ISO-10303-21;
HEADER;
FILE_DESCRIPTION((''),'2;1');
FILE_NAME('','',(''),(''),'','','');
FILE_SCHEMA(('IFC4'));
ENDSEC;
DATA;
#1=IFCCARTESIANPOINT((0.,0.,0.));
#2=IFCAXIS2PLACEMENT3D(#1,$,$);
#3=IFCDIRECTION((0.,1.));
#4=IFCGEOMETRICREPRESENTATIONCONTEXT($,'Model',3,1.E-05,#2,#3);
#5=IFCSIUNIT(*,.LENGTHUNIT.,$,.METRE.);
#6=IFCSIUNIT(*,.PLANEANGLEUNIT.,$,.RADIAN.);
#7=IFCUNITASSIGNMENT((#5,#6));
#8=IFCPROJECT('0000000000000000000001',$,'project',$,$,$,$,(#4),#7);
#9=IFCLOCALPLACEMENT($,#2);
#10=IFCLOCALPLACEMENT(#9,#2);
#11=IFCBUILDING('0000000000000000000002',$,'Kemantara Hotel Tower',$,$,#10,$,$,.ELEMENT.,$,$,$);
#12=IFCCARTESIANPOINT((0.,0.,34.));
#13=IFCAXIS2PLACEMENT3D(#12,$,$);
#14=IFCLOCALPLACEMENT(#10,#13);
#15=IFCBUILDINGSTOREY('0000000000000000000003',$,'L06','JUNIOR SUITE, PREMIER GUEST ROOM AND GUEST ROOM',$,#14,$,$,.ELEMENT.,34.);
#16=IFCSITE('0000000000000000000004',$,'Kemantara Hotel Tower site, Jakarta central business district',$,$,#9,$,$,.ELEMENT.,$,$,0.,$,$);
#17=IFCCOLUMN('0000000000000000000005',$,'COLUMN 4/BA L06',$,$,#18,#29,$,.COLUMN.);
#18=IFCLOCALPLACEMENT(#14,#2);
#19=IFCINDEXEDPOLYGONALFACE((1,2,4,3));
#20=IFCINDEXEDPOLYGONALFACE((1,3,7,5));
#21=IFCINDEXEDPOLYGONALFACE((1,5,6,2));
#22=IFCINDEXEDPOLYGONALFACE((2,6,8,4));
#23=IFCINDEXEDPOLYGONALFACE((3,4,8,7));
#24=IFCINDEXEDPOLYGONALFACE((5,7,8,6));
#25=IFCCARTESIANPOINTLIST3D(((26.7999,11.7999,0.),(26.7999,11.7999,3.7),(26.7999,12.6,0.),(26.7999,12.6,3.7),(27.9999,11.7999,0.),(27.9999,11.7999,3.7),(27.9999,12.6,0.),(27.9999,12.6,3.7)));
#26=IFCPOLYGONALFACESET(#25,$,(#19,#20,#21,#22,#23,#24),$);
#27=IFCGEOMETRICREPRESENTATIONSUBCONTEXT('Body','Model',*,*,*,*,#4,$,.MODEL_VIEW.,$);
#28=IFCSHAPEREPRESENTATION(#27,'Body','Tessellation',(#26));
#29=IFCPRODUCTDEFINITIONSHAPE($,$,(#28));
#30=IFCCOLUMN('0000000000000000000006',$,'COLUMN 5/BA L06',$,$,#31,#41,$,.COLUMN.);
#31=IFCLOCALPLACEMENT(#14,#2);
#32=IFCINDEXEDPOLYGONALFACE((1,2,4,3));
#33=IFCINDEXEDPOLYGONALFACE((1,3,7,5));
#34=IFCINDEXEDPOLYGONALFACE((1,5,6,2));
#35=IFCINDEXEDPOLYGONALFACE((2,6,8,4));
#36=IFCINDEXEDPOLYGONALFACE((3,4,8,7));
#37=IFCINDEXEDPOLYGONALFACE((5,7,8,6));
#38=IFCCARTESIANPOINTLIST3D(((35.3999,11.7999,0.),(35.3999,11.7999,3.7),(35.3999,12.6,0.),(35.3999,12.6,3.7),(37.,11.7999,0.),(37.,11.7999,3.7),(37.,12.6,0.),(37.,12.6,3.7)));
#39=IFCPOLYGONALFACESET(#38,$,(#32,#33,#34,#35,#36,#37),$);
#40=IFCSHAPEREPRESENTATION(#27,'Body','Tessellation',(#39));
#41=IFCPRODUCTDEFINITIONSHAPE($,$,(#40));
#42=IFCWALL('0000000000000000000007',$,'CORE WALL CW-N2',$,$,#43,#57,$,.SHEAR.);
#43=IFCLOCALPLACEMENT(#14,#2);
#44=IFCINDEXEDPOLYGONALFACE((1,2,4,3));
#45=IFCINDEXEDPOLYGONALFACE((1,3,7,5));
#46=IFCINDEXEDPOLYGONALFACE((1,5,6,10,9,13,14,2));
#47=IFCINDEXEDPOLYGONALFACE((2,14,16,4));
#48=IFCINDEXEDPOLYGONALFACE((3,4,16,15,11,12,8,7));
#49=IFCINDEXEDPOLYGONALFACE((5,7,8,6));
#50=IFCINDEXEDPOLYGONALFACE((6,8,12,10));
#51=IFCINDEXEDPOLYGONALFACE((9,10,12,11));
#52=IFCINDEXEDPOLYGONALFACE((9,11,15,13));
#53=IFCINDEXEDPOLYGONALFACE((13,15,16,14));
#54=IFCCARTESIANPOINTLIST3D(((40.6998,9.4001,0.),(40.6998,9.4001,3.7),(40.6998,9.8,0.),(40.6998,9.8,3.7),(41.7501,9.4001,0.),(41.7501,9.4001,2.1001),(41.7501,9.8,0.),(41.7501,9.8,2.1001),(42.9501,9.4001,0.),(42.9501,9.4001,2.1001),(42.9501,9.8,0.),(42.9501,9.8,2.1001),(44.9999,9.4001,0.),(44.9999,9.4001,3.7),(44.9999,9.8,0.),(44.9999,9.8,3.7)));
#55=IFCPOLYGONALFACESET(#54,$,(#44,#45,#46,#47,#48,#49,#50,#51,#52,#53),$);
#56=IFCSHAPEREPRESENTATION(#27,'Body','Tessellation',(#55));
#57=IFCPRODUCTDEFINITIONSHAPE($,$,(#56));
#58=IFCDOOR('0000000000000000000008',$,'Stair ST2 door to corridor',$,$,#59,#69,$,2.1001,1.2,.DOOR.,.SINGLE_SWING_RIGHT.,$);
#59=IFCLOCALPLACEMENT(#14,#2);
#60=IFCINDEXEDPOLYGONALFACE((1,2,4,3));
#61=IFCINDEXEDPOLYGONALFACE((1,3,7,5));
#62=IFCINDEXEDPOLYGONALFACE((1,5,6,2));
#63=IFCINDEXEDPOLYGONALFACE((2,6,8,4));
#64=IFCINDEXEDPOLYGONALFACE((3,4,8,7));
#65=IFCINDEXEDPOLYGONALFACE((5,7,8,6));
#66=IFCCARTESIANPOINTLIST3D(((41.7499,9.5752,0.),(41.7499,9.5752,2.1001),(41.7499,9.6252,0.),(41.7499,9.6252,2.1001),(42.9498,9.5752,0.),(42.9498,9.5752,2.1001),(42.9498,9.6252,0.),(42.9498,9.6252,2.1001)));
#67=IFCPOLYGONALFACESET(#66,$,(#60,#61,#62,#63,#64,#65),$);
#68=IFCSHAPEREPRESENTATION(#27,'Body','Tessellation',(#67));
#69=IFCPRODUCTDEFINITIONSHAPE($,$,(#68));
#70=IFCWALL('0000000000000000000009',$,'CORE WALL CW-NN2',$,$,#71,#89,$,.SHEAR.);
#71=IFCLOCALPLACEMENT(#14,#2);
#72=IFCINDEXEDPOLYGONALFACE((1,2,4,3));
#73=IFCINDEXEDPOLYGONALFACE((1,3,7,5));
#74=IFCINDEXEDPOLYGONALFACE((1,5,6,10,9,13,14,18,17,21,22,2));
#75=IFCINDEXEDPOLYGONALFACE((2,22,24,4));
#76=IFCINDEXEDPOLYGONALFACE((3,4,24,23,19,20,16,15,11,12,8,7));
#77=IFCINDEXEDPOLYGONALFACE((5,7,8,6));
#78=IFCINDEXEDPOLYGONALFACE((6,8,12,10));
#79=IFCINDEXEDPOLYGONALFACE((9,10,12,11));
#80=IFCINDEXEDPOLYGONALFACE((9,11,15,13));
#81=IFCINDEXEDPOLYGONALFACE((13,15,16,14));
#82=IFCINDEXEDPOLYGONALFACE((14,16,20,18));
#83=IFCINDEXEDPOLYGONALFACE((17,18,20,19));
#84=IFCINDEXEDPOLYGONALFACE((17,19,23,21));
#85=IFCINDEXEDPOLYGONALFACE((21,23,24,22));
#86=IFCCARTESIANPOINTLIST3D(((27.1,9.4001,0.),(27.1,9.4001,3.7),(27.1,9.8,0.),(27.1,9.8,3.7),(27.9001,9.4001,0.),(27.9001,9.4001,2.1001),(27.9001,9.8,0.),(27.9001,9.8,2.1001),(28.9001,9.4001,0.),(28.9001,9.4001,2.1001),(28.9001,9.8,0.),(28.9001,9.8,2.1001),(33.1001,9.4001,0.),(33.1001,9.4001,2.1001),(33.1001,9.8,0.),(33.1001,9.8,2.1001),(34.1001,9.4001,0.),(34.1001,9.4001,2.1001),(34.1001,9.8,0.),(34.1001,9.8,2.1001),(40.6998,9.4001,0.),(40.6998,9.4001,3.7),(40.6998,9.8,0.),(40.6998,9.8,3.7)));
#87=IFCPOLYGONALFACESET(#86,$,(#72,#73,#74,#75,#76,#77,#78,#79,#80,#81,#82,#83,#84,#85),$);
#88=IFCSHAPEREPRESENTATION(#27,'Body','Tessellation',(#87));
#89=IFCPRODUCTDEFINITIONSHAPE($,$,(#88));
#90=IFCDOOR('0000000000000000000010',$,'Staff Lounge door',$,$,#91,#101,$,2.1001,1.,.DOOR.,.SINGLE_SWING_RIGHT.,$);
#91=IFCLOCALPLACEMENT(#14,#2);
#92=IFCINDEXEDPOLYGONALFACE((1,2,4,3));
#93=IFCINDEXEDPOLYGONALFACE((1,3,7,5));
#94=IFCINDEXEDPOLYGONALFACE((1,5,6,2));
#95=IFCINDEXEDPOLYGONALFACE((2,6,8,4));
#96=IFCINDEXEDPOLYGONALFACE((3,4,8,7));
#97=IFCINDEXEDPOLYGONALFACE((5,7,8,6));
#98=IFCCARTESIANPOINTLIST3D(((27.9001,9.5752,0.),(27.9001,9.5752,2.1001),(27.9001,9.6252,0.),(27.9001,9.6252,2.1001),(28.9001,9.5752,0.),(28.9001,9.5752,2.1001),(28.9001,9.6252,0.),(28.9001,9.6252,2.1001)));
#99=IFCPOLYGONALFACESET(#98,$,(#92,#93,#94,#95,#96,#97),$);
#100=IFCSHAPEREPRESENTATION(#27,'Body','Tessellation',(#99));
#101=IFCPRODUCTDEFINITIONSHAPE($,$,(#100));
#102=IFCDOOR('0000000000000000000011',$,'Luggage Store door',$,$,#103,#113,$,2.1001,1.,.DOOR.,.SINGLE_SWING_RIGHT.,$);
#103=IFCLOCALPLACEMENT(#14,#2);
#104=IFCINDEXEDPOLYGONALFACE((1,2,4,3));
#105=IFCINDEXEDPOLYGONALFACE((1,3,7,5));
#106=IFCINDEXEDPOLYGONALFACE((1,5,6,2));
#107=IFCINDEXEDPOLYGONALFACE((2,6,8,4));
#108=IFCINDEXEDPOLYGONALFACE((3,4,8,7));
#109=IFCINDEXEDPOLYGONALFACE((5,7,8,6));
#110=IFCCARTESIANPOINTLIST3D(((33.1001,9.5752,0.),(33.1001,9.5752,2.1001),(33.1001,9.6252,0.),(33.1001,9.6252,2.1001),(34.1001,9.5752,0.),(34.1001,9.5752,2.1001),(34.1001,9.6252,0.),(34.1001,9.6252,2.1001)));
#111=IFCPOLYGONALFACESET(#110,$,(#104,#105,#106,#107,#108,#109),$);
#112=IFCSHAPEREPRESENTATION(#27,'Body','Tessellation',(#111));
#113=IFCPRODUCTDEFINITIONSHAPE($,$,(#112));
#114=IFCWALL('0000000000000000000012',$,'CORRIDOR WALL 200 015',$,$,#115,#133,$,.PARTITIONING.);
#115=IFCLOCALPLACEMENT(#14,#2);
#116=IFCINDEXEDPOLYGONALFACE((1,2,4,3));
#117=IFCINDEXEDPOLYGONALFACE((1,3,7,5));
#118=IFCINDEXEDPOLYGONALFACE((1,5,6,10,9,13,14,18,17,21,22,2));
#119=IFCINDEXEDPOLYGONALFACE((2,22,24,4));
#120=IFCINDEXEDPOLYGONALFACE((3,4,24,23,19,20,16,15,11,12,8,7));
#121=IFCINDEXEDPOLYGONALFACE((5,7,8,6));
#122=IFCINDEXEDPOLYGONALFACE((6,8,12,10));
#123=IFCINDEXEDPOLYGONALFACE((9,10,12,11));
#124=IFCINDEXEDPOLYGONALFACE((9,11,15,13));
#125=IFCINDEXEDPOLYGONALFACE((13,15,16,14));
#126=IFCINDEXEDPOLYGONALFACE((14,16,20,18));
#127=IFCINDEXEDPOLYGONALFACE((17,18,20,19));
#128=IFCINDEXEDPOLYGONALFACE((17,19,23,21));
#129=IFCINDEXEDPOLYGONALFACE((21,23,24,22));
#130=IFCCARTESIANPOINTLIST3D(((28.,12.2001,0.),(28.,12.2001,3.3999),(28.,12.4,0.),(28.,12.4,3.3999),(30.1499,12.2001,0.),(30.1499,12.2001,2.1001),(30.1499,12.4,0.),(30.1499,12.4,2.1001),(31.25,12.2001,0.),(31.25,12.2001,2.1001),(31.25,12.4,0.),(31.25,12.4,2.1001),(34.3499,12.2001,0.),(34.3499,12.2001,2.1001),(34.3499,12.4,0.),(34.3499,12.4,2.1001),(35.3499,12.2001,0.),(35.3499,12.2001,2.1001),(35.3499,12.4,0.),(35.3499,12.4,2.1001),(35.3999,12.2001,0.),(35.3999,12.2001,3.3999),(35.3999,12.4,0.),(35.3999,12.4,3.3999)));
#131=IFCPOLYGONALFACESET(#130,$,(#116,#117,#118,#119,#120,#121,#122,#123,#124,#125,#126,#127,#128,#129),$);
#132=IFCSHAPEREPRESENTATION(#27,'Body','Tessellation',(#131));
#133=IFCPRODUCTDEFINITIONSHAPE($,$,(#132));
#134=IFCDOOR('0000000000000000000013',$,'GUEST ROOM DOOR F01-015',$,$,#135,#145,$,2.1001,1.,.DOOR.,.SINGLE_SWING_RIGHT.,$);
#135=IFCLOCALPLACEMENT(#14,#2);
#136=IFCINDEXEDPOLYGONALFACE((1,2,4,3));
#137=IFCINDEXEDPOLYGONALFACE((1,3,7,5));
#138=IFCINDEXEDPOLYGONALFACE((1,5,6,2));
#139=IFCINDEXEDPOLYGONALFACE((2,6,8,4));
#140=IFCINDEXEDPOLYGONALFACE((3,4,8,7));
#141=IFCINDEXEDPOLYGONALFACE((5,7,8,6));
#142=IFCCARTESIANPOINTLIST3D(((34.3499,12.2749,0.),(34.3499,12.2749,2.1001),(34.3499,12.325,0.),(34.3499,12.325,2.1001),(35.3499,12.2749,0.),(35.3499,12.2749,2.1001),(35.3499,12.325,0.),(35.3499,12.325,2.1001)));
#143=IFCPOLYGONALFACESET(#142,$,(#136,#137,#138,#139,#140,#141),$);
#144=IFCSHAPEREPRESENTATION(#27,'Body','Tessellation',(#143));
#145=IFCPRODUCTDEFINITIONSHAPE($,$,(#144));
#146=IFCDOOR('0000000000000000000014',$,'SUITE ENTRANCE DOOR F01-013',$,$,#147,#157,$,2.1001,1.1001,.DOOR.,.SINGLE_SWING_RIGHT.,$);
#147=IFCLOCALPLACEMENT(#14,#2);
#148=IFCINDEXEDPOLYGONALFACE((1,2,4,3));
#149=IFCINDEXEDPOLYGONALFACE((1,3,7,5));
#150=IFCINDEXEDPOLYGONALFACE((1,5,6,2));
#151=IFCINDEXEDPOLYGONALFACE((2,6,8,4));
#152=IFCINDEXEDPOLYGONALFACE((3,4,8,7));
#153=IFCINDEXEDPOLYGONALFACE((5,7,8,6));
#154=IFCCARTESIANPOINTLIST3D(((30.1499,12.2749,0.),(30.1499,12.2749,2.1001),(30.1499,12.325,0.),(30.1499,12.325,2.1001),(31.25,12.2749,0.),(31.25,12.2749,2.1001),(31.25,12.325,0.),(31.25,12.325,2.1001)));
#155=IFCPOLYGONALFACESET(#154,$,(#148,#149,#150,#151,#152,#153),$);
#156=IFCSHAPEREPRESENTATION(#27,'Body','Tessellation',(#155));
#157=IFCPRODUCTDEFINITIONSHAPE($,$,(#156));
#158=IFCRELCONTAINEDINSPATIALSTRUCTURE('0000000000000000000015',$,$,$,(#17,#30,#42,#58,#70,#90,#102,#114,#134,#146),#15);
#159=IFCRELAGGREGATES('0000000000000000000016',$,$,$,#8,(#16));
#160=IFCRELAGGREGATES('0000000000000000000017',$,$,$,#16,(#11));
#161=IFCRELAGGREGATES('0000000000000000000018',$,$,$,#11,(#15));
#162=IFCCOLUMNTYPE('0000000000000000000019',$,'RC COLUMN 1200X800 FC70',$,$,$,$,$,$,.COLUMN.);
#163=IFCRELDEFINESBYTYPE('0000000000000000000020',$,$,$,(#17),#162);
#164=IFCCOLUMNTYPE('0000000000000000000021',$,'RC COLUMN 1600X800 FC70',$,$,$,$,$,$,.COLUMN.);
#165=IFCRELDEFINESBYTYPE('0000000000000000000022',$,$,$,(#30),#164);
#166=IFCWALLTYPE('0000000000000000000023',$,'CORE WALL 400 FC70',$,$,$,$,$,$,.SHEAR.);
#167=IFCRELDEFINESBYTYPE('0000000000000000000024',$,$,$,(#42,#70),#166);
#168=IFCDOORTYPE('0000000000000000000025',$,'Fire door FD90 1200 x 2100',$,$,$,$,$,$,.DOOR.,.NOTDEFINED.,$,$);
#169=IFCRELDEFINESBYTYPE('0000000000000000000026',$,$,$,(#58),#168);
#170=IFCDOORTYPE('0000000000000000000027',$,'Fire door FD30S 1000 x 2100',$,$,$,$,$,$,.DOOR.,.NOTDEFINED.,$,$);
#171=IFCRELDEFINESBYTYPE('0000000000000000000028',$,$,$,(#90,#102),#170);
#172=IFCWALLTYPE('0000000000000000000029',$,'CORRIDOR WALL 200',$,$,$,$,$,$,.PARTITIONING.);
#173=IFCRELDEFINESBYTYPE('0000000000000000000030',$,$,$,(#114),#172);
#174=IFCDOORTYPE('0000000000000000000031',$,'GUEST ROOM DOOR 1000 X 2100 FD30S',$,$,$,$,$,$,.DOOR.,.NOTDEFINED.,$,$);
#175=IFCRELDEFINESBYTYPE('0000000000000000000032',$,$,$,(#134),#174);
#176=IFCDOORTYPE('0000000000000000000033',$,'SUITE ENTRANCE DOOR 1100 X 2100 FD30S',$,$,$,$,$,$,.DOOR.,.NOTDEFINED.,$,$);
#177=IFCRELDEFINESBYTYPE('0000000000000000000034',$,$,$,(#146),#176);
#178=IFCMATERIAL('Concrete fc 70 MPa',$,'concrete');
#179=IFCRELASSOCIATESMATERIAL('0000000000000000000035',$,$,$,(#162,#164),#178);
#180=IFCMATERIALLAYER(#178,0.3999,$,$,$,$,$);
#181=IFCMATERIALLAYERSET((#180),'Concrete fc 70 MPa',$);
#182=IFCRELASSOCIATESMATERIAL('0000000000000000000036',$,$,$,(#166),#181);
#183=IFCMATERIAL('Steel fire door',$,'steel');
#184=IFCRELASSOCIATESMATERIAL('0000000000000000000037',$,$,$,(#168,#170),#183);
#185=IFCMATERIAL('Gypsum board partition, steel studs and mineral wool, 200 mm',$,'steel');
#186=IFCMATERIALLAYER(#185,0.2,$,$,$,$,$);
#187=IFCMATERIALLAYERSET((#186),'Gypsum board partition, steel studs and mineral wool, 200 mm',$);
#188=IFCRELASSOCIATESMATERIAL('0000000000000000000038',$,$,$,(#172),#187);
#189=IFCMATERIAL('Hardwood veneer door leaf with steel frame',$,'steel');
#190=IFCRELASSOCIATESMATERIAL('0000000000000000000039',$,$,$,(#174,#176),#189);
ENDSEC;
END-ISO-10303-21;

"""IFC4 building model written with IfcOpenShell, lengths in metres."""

from ifc_helpers import new_model, si_unit, direction, frame, frame_2d, origin, origin_2d, place, context, subcontext, project, spatial, rectangle, extrude, material, layer, layer_set, material_profile, profile_set, type_object, element, fill, save


model = new_model("IFC4")

# Units and contexts
model_context = context("Model", 3, precision=1e-05, world=origin(), true_north=direction((0.0, 1.0)))
body_context = subcontext(model_context, "Body", "Model", "MODEL_VIEW")
ifc_project = project(units=[si_unit("LENGTHUNIT", "METRE"), si_unit("PLANEANGLEUNIT", "RADIAN")], contexts=[model_context])

# Site, building, storey
site_placement = place(None, origin())
site = spatial("IfcSite", under=ifc_project, at=site_placement, Name="Kemantara Hotel Tower site, Jakarta central business district", CompositionType="ELEMENT", RefElevation=0.0)
building_placement = place(site_placement, origin())
building = spatial("IfcBuilding", under=site, at=building_placement, Name="Kemantara Hotel Tower", CompositionType="ELEMENT")
storey_placement = place(building_placement, frame((0.0, 0.0, 34.0)))
storey = spatial("IfcBuildingStorey", under=building, at=storey_placement, Name="L06", Description="JUNIOR SUITE, PREMIER GUEST ROOM AND GUEST ROOM", CompositionType="ELEMENT", Elevation=34.0)

# Columns
ifc_material_1 = material(Name="Concrete fc 70 MPa", Category="concrete")
ifc_material_profile_1 = material_profile(ifc_material_1, rectangle(XDim=1.2, YDim=0.8, at=origin_2d()), Name="RC 1200X800")
ifc_profile_set_1 = profile_set([ifc_material_profile_1], Name="Concrete fc 70 MPa")
column_type_1 = type_object("IfcColumnType", Name="RC COLUMN 1200X800 FC70", PredefinedType="COLUMN", material=ifc_profile_set_1)
column_1_placement = place(storey_placement, frame((27.3999, 12.2, 0.0), z_axis=(0.0, 0.0, 1.0), x_axis=(1.0, 0.0, 0.0)))
element("IfcColumn", 1, at=column_1_placement, inside=storey, type_object=column_type_1, Name="COLUMN 4/BA L06", PredefinedType="COLUMN", context=body_context, shape_type="SweptSolid", body=[
    extrude(rectangle(XDim=1.2, YDim=0.8, at=origin_2d()), origin(), (0.0, 0.0, 1.0), 3.7),
])
ifc_material_profile_2 = material_profile(ifc_material_1, rectangle(XDim=1.6001, YDim=0.8, at=origin_2d()), Name="RC 1600X800")
ifc_profile_set_2 = profile_set([ifc_material_profile_2], Name="Concrete fc 70 MPa")
column_type_2 = type_object("IfcColumnType", Name="RC COLUMN 1600X800 FC70", PredefinedType="COLUMN", material=ifc_profile_set_2)
column_2_placement = place(storey_placement, frame((36.2, 12.2, 0.0), z_axis=(0.0, 0.0, 1.0), x_axis=(1.0, 0.0, 0.0)))
element("IfcColumn", 2, at=column_2_placement, inside=storey, type_object=column_type_2, Name="COLUMN 5/BA L06", PredefinedType="COLUMN", context=body_context, shape_type="SweptSolid", body=[
    extrude(rectangle(XDim=1.6001, YDim=0.8, at=origin_2d()), origin(), (0.0, 0.0, 1.0), 3.7),
])

# Wall, opening, door
ifc_layer_1 = layer(ifc_material_1, 0.3999)
ifc_layer_set_1 = layer_set([ifc_layer_1], Name="Concrete fc 70 MPa")
wall_type_1 = type_object("IfcWallType", Name="CORE WALL 400 FC70", PredefinedType="SHEAR", material=ifc_layer_set_1)
wall_1_placement = place(storey_placement, frame((40.7, 9.6001, 0.0), z_axis=(0.0, 0.0, 1.0), x_axis=(1.0, 0.0, 0.0)))
wall_1 = element("IfcWall", 3, at=wall_1_placement, inside=storey, type_object=wall_type_1, Name="CORE WALL CW-N2", PredefinedType="SHEAR", context=body_context, shape_type="SweptSolid", body=[
    extrude(rectangle(XDim=4.3, YDim=0.3999, at=frame_2d((2.1499, 0.0))), origin(), (0.0, 0.0, 1.0), 3.7),
])
opening_1_placement = place(wall_1_placement, frame((1.05, 0.0, 0.0)))
opening_1 = element("IfcOpeningElement", 4, at=opening_1_placement, cuts=wall_1, PredefinedType="OPENING", context=body_context, shape_type="SweptSolid", body=[
    extrude(rectangle(XDim=1.2, YDim=2.1001, at=frame_2d((0.6001, 1.05))), frame((0.0, 0.21, 0.0), z_axis=(0.0, -1.0, 0.0), x_axis=(1.0, 0.0, 0.0)), (0.0, 0.0, 1.0), 0.4199),
])
ifc_material_2 = material(Name="Steel fire door", Category="steel")
door_type_1 = type_object("IfcDoorType", Name="Fire door FD90 1200 x 2100", OperationType="NOTDEFINED", PredefinedType="DOOR", material=ifc_material_2)
door_1_placement = place(opening_1_placement, frame((1.2, 0.0, 0.0), z_axis=(0.0, 0.0, 1.0), x_axis=(-1.0, 0.0, 0.0)))
door_1 = element("IfcDoor", 5, at=door_1_placement, inside=storey, type_object=door_type_1, Name="Stair ST2 door to corridor", OperationType="SINGLE_SWING_RIGHT", OverallHeight=2.1001, OverallWidth=1.2, PredefinedType="DOOR", context=body_context, shape_type="SweptSolid", body=[
    extrude(rectangle(XDim=1.2, YDim=2.1001, at=frame_2d((0.6001, 1.05))), frame((0.0, 0.0249, 0.0), z_axis=(0.0, -1.0, 0.0), x_axis=(1.0, 0.0, 0.0)), (0.0, 0.0, 1.0), 0.05),
])
fill(opening_1, door_1)

# Walls, openings, doors
wall_2_placement = place(storey_placement, frame((27.1001, 9.6001, 0.0), z_axis=(0.0, 0.0, 1.0), x_axis=(1.0, 0.0, 0.0)))
wall_2 = element("IfcWall", 6, at=wall_2_placement, inside=storey, type_object=wall_type_1, Name="CORE WALL CW-NN2", PredefinedType="SHEAR", context=body_context, shape_type="SweptSolid", body=[
    extrude(rectangle(XDim=13.5999, YDim=0.3999, at=frame_2d((6.7998, 0.0))), origin(), (0.0, 0.0, 1.0), 3.7),
])
opening_2_placement = place(wall_2_placement, frame((0.8, 0.0, 0.0)))
opening_2 = element("IfcOpeningElement", 7, at=opening_2_placement, cuts=wall_2, PredefinedType="OPENING", context=body_context, shape_type="SweptSolid", body=[
    extrude(rectangle(XDim=1.0, YDim=2.1001, at=frame_2d((0.5, 1.05))), frame((0.0, 0.21, 0.0), z_axis=(0.0, -1.0, 0.0), x_axis=(1.0, 0.0, 0.0)), (0.0, 0.0, 1.0), 0.4199),
])
opening_3_placement = place(wall_2_placement, frame((6.0, 0.0, 0.0)))
opening_3 = element("IfcOpeningElement", 8, at=opening_3_placement, cuts=wall_2, PredefinedType="OPENING", context=body_context, shape_type="SweptSolid", body=[
    extrude(rectangle(XDim=1.0, YDim=2.1001, at=frame_2d((0.5, 1.05))), frame((0.0, 0.21, 0.0), z_axis=(0.0, -1.0, 0.0), x_axis=(1.0, 0.0, 0.0)), (0.0, 0.0, 1.0), 0.4199),
])
door_type_2 = type_object("IfcDoorType", Name="Fire door FD30S 1000 x 2100", OperationType="NOTDEFINED", PredefinedType="DOOR", material=ifc_material_2)
door_2_placement = place(opening_2_placement, frame((1.0, 0.0, 0.0), z_axis=(0.0, 0.0, 1.0), x_axis=(-1.0, 0.0, 0.0)))
door_2 = element("IfcDoor", 9, at=door_2_placement, inside=storey, type_object=door_type_2, Name="Staff Lounge door", OperationType="SINGLE_SWING_RIGHT", OverallHeight=2.1001, OverallWidth=1.0, PredefinedType="DOOR", context=body_context, shape_type="SweptSolid", body=[
    extrude(rectangle(XDim=1.0, YDim=2.1001, at=frame_2d((0.5, 1.05))), frame((0.0, 0.0249, 0.0), z_axis=(0.0, -1.0, 0.0), x_axis=(1.0, 0.0, 0.0)), (0.0, 0.0, 1.0), 0.05),
])
fill(opening_2, door_2)
door_3_placement = place(opening_3_placement, frame((1.0, 0.0, 0.0), z_axis=(0.0, 0.0, 1.0), x_axis=(-1.0, 0.0, 0.0)))
door_3 = element("IfcDoor", 10, at=door_3_placement, inside=storey, type_object=door_type_2, Name="Luggage Store door", OperationType="SINGLE_SWING_RIGHT", OverallHeight=2.1001, OverallWidth=1.0, PredefinedType="DOOR", context=body_context, shape_type="SweptSolid", body=[
    extrude(rectangle(XDim=1.0, YDim=2.1001, at=frame_2d((0.5, 1.05))), frame((0.0, 0.0249, 0.0), z_axis=(0.0, -1.0, 0.0), x_axis=(1.0, 0.0, 0.0)), (0.0, 0.0, 1.0), 0.05),
])
fill(opening_3, door_3)
ifc_material_3 = material(Name="Gypsum board partition, steel studs and mineral wool, 200 mm", Category="steel")
ifc_layer_2 = layer(ifc_material_3, 0.2)
ifc_layer_set_2 = layer_set([ifc_layer_2], Name="Gypsum board partition, steel studs and mineral wool, 200 mm")
wall_type_2 = type_object("IfcWallType", Name="CORRIDOR WALL 200", PredefinedType="PARTITIONING", material=ifc_layer_set_2)
wall_3_placement = place(storey_placement, frame((28.0, 12.3, 0.0), z_axis=(0.0, 0.0, 1.0), x_axis=(1.0, 0.0, 0.0)))
wall_3 = element("IfcWall", 11, at=wall_3_placement, inside=storey, type_object=wall_type_2, Name="CORRIDOR WALL 200 015", PredefinedType="PARTITIONING", context=body_context, shape_type="SweptSolid", body=[
    extrude(rectangle(XDim=7.3999, YDim=0.2, at=frame_2d((3.7, 0.0))), origin(), (0.0, 0.0, 1.0), 3.3999),
])
opening_4_placement = place(wall_3_placement, frame((2.1499, 0.0, 0.0)))
opening_4 = element("IfcOpeningElement", 12, at=opening_4_placement, cuts=wall_3, PredefinedType="OPENING", context=body_context, shape_type="SweptSolid", body=[
    extrude(rectangle(XDim=1.1001, YDim=2.1001, at=frame_2d((0.55, 1.05))), frame((0.0, 0.1099, 0.0), z_axis=(0.0, -1.0, 0.0), x_axis=(1.0, 0.0, 0.0)), (0.0, 0.0, 1.0), 0.22),
])
opening_5_placement = place(wall_3_placement, frame((6.3499, 0.0, 0.0)))
opening_5 = element("IfcOpeningElement", 13, at=opening_5_placement, cuts=wall_3, PredefinedType="OPENING", context=body_context, shape_type="SweptSolid", body=[
    extrude(rectangle(XDim=1.0, YDim=2.1001, at=frame_2d((0.5, 1.05))), frame((0.0, 0.1099, 0.0), z_axis=(0.0, -1.0, 0.0), x_axis=(1.0, 0.0, 0.0)), (0.0, 0.0, 1.0), 0.22),
])
ifc_material_4 = material(Name="Hardwood veneer door leaf with steel frame", Category="steel")
door_type_3 = type_object("IfcDoorType", Name="GUEST ROOM DOOR 1000 X 2100 FD30S", OperationType="NOTDEFINED", PredefinedType="DOOR", material=ifc_material_4)
door_4_placement = place(opening_5_placement, origin())
door_4 = element("IfcDoor", 14, at=door_4_placement, inside=storey, type_object=door_type_3, Name="GUEST ROOM DOOR F01-015", OperationType="SINGLE_SWING_RIGHT", OverallHeight=2.1001, OverallWidth=1.0, PredefinedType="DOOR", context=body_context, shape_type="SweptSolid", body=[
    extrude(rectangle(XDim=1.0, YDim=2.1001, at=frame_2d((0.5, 1.05))), frame((0.0, 0.0249, 0.0), z_axis=(0.0, -1.0, 0.0), x_axis=(1.0, 0.0, 0.0)), (0.0, 0.0, 1.0), 0.05),
])
fill(opening_5, door_4)
door_type_4 = type_object("IfcDoorType", Name="SUITE ENTRANCE DOOR 1100 X 2100 FD30S", OperationType="NOTDEFINED", PredefinedType="DOOR", material=ifc_material_4)
door_5_placement = place(opening_4_placement, origin())
door_5 = element("IfcDoor", 15, at=door_5_placement, inside=storey, type_object=door_type_4, Name="SUITE ENTRANCE DOOR F01-013", OperationType="SINGLE_SWING_RIGHT", OverallHeight=2.1001, OverallWidth=1.1001, PredefinedType="DOOR", context=body_context, shape_type="SweptSolid", body=[
    extrude(rectangle(XDim=1.1001, YDim=2.1001, at=frame_2d((0.55, 1.05))), frame((0.0, 0.0249, 0.0), z_axis=(0.0, -1.0, 0.0), x_axis=(1.0, 0.0, 0.0)), (0.0, 0.0, 1.0), 0.05),
])
fill(opening_4, door_5)

save(model, "model.ifc")
